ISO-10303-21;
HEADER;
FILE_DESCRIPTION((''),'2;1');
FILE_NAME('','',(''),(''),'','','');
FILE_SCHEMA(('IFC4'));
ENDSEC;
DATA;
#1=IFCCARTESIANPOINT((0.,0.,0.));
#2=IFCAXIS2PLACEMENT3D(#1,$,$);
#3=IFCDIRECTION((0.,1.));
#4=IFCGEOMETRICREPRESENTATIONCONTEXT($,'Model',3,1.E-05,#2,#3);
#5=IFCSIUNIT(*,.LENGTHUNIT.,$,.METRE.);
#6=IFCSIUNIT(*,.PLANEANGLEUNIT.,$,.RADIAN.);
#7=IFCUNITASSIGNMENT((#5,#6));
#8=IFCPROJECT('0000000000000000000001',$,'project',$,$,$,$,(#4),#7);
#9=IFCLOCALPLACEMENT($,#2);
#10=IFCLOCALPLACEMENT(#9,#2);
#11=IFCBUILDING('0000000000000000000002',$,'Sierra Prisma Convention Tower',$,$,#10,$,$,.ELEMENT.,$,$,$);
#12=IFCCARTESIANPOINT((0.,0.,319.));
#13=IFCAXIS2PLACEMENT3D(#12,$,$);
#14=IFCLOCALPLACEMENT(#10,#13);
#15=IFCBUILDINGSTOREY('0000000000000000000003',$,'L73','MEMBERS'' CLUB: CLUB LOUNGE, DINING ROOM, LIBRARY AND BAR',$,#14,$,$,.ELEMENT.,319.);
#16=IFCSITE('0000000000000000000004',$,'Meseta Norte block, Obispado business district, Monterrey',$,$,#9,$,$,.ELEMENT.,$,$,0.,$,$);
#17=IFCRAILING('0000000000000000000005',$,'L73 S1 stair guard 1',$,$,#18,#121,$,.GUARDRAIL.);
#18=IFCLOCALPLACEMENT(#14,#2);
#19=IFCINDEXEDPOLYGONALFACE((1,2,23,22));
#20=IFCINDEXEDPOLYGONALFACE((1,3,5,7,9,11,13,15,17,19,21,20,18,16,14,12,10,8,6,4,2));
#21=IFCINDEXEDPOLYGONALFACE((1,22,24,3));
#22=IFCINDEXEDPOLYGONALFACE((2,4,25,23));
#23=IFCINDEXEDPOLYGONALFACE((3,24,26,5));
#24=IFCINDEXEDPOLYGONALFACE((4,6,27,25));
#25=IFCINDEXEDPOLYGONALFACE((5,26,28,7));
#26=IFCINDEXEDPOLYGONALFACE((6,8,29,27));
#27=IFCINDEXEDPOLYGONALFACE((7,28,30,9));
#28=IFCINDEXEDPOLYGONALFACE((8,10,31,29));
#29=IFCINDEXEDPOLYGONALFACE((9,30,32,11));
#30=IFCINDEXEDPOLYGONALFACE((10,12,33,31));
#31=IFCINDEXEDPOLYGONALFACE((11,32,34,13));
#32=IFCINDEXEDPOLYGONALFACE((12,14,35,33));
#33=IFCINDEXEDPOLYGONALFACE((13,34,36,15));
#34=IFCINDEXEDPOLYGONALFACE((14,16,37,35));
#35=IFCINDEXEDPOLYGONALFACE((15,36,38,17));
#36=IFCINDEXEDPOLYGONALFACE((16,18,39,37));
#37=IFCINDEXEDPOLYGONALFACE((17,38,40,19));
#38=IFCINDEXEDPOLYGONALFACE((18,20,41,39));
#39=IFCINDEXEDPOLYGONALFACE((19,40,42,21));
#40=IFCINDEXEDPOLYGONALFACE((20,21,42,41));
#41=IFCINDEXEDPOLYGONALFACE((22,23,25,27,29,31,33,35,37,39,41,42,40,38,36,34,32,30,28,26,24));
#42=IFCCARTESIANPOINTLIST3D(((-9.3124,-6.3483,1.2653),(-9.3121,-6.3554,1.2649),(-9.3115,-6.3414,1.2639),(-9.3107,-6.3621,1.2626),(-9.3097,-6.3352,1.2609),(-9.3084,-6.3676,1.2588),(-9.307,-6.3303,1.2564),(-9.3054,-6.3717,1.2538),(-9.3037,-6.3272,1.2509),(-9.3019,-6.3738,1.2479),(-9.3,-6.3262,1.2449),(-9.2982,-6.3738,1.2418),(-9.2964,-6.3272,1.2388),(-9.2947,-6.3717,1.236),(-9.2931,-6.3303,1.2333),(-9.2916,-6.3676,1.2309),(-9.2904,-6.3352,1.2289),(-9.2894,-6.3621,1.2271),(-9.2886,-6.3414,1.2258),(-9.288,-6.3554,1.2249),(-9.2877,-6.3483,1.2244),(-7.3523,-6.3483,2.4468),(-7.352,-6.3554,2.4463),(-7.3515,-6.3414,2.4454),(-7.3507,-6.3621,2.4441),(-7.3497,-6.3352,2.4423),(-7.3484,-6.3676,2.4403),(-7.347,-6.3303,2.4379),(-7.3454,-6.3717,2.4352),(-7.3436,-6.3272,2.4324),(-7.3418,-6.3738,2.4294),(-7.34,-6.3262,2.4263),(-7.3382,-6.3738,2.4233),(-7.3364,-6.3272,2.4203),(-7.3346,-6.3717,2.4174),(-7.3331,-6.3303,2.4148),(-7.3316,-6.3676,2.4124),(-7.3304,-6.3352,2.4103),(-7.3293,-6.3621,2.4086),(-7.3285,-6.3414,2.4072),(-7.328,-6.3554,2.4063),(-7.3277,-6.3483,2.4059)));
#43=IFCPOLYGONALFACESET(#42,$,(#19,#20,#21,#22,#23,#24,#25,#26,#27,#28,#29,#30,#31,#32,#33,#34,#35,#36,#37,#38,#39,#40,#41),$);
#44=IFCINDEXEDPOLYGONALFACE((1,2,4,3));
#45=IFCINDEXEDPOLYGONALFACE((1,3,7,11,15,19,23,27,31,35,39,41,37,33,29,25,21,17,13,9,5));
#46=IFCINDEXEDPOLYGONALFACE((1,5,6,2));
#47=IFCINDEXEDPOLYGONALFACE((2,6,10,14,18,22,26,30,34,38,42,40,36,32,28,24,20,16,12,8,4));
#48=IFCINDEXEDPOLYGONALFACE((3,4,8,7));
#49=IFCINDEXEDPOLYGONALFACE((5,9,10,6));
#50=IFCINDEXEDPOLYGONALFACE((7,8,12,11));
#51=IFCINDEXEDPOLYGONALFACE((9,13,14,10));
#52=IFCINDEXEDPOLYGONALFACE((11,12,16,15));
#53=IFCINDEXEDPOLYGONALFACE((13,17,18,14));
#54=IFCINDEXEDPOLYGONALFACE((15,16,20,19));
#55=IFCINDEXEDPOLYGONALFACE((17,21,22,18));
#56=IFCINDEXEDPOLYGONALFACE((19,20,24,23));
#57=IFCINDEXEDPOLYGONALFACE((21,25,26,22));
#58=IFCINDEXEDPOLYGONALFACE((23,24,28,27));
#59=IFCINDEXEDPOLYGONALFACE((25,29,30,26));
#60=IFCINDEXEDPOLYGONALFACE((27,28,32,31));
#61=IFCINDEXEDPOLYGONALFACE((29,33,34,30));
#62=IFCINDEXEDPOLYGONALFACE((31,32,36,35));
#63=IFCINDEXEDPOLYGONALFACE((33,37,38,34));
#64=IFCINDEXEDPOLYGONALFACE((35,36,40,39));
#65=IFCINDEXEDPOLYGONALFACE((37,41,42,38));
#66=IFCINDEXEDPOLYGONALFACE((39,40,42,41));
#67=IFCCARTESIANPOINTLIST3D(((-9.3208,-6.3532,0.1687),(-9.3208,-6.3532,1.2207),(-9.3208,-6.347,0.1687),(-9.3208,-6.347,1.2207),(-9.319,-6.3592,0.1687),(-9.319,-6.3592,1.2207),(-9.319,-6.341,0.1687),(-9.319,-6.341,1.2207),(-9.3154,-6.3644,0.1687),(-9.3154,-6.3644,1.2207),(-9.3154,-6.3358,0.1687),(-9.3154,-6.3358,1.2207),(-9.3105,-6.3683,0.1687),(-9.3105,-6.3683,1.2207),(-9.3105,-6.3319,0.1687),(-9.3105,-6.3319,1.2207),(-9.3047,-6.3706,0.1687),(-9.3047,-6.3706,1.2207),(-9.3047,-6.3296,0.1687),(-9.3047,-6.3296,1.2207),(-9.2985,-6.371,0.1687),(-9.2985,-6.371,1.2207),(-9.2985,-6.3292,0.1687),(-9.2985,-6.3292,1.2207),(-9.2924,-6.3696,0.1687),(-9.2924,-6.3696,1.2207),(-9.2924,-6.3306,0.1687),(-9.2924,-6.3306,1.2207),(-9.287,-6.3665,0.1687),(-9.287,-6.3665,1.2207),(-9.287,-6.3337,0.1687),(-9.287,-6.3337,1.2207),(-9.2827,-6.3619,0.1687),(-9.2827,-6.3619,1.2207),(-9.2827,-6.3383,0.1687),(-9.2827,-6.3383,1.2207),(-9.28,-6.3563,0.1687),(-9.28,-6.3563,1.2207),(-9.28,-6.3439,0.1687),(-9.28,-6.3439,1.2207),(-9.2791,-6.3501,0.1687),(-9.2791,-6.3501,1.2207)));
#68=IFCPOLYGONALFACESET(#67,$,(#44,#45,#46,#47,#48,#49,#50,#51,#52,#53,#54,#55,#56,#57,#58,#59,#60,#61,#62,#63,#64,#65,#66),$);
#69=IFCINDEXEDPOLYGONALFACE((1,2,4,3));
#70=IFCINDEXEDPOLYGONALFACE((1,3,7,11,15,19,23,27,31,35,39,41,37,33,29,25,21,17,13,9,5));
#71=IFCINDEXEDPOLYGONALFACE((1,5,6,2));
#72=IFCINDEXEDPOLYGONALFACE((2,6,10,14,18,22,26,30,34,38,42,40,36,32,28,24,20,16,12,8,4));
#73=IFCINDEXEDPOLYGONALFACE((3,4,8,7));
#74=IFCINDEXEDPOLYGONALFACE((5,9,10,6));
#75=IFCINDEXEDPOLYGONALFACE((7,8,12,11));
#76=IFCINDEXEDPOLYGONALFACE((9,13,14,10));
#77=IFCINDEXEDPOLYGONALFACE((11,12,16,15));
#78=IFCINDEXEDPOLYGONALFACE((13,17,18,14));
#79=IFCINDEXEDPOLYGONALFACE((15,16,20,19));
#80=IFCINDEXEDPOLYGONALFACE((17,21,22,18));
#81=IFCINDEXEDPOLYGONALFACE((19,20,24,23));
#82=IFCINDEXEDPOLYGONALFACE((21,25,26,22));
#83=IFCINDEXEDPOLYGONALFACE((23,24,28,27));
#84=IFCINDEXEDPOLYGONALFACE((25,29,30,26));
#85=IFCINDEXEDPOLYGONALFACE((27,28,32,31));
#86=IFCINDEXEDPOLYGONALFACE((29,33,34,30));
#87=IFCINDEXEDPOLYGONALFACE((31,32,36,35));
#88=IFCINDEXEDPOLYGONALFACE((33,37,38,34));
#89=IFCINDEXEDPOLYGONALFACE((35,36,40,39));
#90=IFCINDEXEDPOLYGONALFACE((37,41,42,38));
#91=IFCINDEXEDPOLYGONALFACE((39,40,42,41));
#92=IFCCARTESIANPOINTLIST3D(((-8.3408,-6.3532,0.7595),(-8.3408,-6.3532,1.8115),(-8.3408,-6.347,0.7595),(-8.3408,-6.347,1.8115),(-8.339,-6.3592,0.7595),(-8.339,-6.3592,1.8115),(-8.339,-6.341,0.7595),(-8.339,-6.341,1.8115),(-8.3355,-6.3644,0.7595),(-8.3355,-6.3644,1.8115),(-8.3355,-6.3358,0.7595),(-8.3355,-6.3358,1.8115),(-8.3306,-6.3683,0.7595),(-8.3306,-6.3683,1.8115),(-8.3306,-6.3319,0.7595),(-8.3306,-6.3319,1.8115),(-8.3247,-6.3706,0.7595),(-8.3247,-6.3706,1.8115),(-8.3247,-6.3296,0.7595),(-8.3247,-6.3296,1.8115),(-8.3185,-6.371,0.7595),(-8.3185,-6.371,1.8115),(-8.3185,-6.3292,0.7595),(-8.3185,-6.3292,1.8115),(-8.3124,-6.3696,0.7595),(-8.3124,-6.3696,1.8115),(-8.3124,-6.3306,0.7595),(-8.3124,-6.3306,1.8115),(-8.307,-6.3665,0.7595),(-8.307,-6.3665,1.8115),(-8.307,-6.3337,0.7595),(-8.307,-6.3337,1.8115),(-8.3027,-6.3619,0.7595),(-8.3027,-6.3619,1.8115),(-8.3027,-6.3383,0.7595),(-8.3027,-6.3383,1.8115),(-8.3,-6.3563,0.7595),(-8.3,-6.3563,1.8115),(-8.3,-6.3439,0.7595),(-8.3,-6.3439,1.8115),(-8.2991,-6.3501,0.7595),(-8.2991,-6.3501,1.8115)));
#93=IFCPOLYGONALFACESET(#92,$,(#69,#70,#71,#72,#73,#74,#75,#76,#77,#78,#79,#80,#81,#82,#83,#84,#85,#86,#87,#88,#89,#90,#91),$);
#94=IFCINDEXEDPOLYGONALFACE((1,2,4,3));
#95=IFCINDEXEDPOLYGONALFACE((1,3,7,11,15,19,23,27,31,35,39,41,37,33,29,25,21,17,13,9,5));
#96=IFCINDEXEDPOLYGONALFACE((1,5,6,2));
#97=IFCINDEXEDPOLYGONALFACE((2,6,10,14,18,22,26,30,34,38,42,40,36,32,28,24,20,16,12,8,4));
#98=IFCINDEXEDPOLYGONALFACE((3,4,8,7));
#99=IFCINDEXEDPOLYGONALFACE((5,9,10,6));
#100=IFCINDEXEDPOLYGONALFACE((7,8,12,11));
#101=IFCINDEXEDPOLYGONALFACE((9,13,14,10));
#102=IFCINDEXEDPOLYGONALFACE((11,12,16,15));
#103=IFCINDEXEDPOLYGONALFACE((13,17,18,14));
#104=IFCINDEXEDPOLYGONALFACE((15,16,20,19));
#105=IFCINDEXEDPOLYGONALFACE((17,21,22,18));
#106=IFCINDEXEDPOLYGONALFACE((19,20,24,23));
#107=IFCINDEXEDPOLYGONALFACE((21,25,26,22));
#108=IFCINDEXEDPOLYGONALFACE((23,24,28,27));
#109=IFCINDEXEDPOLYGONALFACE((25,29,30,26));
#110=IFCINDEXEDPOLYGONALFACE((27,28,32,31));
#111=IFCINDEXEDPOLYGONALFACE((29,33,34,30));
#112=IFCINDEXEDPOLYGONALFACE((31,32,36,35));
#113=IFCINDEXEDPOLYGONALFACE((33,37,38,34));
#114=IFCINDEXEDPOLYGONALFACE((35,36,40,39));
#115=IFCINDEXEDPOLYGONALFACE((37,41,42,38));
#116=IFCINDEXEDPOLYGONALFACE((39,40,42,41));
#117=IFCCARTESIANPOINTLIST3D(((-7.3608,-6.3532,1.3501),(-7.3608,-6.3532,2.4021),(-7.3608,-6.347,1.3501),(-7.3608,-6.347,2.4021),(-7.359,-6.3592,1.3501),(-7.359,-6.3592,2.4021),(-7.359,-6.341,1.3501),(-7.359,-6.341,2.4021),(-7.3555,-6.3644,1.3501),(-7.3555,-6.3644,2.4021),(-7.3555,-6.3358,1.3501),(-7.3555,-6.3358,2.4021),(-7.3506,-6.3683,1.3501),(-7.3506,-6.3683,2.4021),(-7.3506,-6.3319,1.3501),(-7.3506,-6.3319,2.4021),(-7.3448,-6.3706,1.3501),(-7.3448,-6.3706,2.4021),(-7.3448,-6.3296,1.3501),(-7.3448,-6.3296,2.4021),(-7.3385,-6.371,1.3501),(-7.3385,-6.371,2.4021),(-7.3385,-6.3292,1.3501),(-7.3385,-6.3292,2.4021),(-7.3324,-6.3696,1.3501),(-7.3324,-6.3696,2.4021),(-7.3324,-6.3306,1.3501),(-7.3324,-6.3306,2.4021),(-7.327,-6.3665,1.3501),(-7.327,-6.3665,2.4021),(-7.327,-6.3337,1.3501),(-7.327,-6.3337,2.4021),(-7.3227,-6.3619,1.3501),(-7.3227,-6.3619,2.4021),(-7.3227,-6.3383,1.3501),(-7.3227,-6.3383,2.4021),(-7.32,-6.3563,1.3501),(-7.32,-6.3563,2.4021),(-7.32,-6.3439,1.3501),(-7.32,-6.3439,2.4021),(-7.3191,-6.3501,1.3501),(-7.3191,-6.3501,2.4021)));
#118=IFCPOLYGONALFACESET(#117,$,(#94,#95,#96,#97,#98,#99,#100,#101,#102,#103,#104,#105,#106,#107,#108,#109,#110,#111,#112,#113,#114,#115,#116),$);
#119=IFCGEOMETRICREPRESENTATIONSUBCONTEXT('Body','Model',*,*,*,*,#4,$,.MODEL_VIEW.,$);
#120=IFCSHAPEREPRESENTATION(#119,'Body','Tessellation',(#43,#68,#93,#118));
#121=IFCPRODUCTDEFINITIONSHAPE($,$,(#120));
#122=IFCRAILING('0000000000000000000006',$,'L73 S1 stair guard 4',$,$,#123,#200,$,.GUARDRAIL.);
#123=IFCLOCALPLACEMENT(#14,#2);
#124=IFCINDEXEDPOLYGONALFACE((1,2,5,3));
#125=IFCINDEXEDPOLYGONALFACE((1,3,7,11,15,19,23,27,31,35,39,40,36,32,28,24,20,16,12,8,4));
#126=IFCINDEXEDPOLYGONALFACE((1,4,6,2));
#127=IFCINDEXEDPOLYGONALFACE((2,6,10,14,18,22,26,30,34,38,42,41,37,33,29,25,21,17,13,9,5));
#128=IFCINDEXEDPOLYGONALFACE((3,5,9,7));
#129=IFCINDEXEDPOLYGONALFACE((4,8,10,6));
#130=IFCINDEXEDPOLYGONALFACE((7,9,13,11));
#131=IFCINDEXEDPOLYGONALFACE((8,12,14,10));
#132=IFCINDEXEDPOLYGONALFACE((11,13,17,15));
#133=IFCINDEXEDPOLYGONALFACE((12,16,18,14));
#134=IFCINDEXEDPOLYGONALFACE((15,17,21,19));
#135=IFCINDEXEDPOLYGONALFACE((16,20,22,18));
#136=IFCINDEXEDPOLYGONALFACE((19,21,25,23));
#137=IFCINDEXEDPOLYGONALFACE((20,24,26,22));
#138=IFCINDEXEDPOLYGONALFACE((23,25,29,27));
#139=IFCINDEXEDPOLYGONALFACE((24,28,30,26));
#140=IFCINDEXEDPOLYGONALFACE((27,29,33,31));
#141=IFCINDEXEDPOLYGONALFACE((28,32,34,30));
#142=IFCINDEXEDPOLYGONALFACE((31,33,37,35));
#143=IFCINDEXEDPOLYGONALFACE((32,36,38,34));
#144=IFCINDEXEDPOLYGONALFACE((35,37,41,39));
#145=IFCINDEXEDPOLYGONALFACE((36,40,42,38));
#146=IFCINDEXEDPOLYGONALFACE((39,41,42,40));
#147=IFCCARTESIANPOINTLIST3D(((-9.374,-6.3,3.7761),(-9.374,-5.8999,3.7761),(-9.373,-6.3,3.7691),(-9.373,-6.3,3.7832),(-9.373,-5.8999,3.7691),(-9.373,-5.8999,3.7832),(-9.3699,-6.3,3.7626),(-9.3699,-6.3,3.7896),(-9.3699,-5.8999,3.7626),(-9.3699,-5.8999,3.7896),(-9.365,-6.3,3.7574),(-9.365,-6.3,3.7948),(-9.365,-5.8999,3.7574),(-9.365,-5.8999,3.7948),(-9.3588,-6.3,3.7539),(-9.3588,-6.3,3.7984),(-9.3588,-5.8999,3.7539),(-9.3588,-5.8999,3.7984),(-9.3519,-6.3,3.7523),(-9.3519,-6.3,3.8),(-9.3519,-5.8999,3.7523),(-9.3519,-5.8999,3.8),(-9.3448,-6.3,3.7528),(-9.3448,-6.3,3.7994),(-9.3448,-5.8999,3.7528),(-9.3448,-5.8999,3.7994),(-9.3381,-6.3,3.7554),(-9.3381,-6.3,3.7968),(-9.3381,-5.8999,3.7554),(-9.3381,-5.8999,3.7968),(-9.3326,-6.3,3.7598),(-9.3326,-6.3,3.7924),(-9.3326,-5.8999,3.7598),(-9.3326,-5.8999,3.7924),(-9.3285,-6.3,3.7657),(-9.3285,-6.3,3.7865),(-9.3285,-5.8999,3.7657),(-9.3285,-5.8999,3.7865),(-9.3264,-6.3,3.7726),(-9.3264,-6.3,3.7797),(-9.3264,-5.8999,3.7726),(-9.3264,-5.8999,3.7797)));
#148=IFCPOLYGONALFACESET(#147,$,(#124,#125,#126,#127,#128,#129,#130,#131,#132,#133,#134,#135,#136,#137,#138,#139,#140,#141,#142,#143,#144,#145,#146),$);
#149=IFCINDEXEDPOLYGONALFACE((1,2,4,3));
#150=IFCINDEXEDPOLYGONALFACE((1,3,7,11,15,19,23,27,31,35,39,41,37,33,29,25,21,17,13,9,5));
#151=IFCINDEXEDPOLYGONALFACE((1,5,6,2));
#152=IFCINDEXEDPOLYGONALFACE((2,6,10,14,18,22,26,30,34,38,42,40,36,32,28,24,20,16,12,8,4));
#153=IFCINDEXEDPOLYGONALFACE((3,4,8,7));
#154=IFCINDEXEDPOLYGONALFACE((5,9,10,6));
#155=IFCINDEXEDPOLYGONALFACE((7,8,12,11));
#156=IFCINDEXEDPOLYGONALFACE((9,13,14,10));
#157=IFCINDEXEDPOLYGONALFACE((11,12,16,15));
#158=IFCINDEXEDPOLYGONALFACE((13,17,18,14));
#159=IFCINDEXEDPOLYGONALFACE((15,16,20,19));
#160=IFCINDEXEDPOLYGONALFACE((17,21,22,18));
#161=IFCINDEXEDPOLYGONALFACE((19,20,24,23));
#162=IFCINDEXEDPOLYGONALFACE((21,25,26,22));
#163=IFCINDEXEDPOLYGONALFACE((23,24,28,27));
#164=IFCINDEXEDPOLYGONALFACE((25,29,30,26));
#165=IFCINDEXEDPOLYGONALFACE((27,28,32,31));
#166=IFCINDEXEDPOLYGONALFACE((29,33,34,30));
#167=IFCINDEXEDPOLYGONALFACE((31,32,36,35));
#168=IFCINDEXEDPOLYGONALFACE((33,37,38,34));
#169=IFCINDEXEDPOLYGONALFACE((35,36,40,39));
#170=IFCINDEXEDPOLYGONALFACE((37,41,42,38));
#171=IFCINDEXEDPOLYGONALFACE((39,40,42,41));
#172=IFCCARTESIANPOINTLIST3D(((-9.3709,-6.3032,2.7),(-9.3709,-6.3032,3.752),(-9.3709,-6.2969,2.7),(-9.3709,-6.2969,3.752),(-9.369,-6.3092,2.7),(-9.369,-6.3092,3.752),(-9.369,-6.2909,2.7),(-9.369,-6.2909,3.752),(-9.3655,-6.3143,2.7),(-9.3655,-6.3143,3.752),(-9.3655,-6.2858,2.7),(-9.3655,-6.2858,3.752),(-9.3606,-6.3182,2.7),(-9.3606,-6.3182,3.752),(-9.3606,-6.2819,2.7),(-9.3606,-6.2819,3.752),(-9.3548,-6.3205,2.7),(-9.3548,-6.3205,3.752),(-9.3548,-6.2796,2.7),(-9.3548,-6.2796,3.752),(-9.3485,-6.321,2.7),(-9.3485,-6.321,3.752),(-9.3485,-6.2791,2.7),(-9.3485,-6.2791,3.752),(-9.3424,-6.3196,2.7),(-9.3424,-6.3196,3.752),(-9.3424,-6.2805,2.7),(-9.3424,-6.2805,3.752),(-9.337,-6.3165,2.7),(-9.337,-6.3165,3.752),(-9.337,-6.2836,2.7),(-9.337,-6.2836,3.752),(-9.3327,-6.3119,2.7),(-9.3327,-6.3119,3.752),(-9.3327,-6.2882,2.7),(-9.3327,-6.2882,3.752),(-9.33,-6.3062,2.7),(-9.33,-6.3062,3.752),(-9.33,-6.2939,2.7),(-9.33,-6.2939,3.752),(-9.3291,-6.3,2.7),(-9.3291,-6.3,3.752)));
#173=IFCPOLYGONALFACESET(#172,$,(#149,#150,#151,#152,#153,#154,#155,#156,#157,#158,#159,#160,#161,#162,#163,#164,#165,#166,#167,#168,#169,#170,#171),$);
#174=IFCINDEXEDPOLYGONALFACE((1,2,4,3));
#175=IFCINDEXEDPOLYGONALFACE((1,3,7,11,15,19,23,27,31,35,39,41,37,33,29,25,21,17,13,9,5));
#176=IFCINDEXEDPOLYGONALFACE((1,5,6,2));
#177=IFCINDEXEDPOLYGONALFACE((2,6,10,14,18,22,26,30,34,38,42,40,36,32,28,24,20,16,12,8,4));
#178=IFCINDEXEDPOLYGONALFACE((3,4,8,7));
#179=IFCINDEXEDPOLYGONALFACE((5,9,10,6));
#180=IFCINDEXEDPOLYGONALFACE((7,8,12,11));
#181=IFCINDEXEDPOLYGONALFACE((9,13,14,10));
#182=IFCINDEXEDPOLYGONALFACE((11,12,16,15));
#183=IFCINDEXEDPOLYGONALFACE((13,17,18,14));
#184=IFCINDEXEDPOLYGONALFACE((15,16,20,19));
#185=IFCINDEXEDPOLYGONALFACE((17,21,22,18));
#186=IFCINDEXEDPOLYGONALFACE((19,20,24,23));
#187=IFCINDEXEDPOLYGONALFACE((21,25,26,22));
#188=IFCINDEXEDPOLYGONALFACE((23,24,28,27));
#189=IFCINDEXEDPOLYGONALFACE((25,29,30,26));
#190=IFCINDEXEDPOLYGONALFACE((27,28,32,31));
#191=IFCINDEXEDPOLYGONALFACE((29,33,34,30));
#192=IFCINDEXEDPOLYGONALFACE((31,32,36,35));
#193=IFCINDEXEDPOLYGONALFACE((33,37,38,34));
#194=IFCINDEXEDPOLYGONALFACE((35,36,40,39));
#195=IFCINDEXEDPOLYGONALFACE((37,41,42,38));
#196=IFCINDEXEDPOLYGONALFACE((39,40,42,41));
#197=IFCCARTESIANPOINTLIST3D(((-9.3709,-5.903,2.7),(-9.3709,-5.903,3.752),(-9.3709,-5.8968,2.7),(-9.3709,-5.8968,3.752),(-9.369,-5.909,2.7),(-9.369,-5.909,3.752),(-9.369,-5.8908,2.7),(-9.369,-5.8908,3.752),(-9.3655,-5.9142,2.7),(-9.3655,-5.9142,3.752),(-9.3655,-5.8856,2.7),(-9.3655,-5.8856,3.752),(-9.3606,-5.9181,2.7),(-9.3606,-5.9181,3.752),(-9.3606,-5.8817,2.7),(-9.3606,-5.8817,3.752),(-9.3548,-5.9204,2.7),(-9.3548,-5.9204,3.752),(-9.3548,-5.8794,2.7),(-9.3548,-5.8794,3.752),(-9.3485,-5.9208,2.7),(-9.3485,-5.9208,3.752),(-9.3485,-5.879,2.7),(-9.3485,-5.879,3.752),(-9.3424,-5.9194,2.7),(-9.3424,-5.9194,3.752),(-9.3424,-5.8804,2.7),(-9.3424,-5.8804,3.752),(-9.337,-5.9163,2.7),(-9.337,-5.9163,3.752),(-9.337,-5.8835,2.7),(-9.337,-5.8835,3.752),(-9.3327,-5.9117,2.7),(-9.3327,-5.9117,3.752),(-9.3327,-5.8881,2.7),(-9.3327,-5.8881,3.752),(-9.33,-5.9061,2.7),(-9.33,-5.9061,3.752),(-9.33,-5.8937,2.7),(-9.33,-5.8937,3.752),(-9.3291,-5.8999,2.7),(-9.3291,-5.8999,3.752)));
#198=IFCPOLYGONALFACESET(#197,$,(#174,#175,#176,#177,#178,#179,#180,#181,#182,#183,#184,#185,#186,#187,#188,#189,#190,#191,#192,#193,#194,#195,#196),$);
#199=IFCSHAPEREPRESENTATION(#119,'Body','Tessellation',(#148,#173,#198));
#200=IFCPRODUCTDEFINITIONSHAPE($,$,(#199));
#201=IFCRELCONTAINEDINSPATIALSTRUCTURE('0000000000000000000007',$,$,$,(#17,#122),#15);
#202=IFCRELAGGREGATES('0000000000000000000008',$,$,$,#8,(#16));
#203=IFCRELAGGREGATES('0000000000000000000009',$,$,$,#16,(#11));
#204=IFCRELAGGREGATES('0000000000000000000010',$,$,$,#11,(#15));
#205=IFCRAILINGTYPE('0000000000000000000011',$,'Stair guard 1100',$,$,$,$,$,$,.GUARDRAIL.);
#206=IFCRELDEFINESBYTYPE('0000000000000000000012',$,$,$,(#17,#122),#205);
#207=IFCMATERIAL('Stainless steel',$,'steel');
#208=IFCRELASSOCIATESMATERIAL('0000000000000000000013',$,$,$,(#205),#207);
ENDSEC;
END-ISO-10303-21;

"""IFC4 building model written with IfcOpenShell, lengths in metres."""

from ifc_helpers import new_model, si_unit, direction, frame, origin, origin_2d, place, context, subcontext, project, spatial, circle, extrude, material, type_object, element, save


model = new_model("IFC4")

# Units and contexts
model_context = context("Model", 3, precision=1e-05, world=origin(), true_north=direction((0.0, 1.0)))
body_context = subcontext(model_context, "Body", "Model", "MODEL_VIEW")
ifc_project = project(units=[si_unit("LENGTHUNIT", "METRE"), si_unit("PLANEANGLEUNIT", "RADIAN")], contexts=[model_context])

# Site, building, storey
site_placement = place(None, origin())
site = spatial("IfcSite", under=ifc_project, at=site_placement, Name="Meseta Norte block, Obispado business district, Monterrey", CompositionType="ELEMENT", RefElevation=0.0)
building_placement = place(site_placement, origin())
building = spatial("IfcBuilding", under=site, at=building_placement, Name="Sierra Prisma Convention Tower", CompositionType="ELEMENT")
storey_placement = place(building_placement, frame((0.0, 0.0, 319.0)))
storey = spatial("IfcBuildingStorey", under=building, at=storey_placement, Name="L73", Description="MEMBERS' CLUB: CLUB LOUNGE, DINING ROOM, LIBRARY AND BAR", CompositionType="ELEMENT", Elevation=319.0)

# Railings
ifc_material_1 = material(Name="Stainless steel", Category="steel")
railing_type_1 = type_object("IfcRailingType", Name="Stair guard 1100", PredefinedType="GUARDRAIL", material=ifc_material_1)
railing_1_placement = place(storey_placement, frame((-9.3, -6.3501, 0.1687)))
element("IfcRailing", 1, at=railing_1_placement, inside=storey, type_object=railing_type_1, Name="L73 S1 stair guard 1", PredefinedType="GUARDRAIL", context=body_context, shape_type="SweptSolid", body=[
    extrude(circle(Radius=0.0239, at=origin_2d()), frame((0.0, 0.0, 1.0762), z_axis=(0.856446, 0.0, 0.516236), x_axis=(0.0, 1.0, 0.0)), (0.0, 0.0, 1.0), 2.2886),
    extrude(circle(Radius=0.021, at=origin_2d()), origin(), (0.0, 0.0, 1.0), 1.052),
    extrude(circle(Radius=0.021, at=origin_2d()), frame((0.98, 0.0, 0.5908)), (0.0, 0.0, 1.0), 1.052),
    extrude(circle(Radius=0.021, at=origin_2d()), frame((1.96, 0.0, 1.1814)), (0.0, 0.0, 1.0), 1.052),
])
railing_2_placement = place(storey_placement, frame((-9.3501, -6.3, 2.7)))
element("IfcRailing", 2, at=railing_2_placement, inside=storey, type_object=railing_type_1, Name="L73 S1 stair guard 4", PredefinedType="GUARDRAIL", context=body_context, shape_type="SweptSolid", body=[
    extrude(circle(Radius=0.0239, at=origin_2d()), frame((0.0, 0.0, 1.0762), z_axis=(0.0, 1.0, 0.0), x_axis=(-1.0, 0.0, 0.0)), (0.0, 0.0, 1.0), 0.4001),
    extrude(circle(Radius=0.021, at=origin_2d()), origin(), (0.0, 0.0, 1.0), 1.052),
    extrude(circle(Radius=0.021, at=origin_2d()), frame((0.0, 0.4001, 0.0)), (0.0, 0.0, 1.0), 1.052),
])

save(model, "model.ifc")
